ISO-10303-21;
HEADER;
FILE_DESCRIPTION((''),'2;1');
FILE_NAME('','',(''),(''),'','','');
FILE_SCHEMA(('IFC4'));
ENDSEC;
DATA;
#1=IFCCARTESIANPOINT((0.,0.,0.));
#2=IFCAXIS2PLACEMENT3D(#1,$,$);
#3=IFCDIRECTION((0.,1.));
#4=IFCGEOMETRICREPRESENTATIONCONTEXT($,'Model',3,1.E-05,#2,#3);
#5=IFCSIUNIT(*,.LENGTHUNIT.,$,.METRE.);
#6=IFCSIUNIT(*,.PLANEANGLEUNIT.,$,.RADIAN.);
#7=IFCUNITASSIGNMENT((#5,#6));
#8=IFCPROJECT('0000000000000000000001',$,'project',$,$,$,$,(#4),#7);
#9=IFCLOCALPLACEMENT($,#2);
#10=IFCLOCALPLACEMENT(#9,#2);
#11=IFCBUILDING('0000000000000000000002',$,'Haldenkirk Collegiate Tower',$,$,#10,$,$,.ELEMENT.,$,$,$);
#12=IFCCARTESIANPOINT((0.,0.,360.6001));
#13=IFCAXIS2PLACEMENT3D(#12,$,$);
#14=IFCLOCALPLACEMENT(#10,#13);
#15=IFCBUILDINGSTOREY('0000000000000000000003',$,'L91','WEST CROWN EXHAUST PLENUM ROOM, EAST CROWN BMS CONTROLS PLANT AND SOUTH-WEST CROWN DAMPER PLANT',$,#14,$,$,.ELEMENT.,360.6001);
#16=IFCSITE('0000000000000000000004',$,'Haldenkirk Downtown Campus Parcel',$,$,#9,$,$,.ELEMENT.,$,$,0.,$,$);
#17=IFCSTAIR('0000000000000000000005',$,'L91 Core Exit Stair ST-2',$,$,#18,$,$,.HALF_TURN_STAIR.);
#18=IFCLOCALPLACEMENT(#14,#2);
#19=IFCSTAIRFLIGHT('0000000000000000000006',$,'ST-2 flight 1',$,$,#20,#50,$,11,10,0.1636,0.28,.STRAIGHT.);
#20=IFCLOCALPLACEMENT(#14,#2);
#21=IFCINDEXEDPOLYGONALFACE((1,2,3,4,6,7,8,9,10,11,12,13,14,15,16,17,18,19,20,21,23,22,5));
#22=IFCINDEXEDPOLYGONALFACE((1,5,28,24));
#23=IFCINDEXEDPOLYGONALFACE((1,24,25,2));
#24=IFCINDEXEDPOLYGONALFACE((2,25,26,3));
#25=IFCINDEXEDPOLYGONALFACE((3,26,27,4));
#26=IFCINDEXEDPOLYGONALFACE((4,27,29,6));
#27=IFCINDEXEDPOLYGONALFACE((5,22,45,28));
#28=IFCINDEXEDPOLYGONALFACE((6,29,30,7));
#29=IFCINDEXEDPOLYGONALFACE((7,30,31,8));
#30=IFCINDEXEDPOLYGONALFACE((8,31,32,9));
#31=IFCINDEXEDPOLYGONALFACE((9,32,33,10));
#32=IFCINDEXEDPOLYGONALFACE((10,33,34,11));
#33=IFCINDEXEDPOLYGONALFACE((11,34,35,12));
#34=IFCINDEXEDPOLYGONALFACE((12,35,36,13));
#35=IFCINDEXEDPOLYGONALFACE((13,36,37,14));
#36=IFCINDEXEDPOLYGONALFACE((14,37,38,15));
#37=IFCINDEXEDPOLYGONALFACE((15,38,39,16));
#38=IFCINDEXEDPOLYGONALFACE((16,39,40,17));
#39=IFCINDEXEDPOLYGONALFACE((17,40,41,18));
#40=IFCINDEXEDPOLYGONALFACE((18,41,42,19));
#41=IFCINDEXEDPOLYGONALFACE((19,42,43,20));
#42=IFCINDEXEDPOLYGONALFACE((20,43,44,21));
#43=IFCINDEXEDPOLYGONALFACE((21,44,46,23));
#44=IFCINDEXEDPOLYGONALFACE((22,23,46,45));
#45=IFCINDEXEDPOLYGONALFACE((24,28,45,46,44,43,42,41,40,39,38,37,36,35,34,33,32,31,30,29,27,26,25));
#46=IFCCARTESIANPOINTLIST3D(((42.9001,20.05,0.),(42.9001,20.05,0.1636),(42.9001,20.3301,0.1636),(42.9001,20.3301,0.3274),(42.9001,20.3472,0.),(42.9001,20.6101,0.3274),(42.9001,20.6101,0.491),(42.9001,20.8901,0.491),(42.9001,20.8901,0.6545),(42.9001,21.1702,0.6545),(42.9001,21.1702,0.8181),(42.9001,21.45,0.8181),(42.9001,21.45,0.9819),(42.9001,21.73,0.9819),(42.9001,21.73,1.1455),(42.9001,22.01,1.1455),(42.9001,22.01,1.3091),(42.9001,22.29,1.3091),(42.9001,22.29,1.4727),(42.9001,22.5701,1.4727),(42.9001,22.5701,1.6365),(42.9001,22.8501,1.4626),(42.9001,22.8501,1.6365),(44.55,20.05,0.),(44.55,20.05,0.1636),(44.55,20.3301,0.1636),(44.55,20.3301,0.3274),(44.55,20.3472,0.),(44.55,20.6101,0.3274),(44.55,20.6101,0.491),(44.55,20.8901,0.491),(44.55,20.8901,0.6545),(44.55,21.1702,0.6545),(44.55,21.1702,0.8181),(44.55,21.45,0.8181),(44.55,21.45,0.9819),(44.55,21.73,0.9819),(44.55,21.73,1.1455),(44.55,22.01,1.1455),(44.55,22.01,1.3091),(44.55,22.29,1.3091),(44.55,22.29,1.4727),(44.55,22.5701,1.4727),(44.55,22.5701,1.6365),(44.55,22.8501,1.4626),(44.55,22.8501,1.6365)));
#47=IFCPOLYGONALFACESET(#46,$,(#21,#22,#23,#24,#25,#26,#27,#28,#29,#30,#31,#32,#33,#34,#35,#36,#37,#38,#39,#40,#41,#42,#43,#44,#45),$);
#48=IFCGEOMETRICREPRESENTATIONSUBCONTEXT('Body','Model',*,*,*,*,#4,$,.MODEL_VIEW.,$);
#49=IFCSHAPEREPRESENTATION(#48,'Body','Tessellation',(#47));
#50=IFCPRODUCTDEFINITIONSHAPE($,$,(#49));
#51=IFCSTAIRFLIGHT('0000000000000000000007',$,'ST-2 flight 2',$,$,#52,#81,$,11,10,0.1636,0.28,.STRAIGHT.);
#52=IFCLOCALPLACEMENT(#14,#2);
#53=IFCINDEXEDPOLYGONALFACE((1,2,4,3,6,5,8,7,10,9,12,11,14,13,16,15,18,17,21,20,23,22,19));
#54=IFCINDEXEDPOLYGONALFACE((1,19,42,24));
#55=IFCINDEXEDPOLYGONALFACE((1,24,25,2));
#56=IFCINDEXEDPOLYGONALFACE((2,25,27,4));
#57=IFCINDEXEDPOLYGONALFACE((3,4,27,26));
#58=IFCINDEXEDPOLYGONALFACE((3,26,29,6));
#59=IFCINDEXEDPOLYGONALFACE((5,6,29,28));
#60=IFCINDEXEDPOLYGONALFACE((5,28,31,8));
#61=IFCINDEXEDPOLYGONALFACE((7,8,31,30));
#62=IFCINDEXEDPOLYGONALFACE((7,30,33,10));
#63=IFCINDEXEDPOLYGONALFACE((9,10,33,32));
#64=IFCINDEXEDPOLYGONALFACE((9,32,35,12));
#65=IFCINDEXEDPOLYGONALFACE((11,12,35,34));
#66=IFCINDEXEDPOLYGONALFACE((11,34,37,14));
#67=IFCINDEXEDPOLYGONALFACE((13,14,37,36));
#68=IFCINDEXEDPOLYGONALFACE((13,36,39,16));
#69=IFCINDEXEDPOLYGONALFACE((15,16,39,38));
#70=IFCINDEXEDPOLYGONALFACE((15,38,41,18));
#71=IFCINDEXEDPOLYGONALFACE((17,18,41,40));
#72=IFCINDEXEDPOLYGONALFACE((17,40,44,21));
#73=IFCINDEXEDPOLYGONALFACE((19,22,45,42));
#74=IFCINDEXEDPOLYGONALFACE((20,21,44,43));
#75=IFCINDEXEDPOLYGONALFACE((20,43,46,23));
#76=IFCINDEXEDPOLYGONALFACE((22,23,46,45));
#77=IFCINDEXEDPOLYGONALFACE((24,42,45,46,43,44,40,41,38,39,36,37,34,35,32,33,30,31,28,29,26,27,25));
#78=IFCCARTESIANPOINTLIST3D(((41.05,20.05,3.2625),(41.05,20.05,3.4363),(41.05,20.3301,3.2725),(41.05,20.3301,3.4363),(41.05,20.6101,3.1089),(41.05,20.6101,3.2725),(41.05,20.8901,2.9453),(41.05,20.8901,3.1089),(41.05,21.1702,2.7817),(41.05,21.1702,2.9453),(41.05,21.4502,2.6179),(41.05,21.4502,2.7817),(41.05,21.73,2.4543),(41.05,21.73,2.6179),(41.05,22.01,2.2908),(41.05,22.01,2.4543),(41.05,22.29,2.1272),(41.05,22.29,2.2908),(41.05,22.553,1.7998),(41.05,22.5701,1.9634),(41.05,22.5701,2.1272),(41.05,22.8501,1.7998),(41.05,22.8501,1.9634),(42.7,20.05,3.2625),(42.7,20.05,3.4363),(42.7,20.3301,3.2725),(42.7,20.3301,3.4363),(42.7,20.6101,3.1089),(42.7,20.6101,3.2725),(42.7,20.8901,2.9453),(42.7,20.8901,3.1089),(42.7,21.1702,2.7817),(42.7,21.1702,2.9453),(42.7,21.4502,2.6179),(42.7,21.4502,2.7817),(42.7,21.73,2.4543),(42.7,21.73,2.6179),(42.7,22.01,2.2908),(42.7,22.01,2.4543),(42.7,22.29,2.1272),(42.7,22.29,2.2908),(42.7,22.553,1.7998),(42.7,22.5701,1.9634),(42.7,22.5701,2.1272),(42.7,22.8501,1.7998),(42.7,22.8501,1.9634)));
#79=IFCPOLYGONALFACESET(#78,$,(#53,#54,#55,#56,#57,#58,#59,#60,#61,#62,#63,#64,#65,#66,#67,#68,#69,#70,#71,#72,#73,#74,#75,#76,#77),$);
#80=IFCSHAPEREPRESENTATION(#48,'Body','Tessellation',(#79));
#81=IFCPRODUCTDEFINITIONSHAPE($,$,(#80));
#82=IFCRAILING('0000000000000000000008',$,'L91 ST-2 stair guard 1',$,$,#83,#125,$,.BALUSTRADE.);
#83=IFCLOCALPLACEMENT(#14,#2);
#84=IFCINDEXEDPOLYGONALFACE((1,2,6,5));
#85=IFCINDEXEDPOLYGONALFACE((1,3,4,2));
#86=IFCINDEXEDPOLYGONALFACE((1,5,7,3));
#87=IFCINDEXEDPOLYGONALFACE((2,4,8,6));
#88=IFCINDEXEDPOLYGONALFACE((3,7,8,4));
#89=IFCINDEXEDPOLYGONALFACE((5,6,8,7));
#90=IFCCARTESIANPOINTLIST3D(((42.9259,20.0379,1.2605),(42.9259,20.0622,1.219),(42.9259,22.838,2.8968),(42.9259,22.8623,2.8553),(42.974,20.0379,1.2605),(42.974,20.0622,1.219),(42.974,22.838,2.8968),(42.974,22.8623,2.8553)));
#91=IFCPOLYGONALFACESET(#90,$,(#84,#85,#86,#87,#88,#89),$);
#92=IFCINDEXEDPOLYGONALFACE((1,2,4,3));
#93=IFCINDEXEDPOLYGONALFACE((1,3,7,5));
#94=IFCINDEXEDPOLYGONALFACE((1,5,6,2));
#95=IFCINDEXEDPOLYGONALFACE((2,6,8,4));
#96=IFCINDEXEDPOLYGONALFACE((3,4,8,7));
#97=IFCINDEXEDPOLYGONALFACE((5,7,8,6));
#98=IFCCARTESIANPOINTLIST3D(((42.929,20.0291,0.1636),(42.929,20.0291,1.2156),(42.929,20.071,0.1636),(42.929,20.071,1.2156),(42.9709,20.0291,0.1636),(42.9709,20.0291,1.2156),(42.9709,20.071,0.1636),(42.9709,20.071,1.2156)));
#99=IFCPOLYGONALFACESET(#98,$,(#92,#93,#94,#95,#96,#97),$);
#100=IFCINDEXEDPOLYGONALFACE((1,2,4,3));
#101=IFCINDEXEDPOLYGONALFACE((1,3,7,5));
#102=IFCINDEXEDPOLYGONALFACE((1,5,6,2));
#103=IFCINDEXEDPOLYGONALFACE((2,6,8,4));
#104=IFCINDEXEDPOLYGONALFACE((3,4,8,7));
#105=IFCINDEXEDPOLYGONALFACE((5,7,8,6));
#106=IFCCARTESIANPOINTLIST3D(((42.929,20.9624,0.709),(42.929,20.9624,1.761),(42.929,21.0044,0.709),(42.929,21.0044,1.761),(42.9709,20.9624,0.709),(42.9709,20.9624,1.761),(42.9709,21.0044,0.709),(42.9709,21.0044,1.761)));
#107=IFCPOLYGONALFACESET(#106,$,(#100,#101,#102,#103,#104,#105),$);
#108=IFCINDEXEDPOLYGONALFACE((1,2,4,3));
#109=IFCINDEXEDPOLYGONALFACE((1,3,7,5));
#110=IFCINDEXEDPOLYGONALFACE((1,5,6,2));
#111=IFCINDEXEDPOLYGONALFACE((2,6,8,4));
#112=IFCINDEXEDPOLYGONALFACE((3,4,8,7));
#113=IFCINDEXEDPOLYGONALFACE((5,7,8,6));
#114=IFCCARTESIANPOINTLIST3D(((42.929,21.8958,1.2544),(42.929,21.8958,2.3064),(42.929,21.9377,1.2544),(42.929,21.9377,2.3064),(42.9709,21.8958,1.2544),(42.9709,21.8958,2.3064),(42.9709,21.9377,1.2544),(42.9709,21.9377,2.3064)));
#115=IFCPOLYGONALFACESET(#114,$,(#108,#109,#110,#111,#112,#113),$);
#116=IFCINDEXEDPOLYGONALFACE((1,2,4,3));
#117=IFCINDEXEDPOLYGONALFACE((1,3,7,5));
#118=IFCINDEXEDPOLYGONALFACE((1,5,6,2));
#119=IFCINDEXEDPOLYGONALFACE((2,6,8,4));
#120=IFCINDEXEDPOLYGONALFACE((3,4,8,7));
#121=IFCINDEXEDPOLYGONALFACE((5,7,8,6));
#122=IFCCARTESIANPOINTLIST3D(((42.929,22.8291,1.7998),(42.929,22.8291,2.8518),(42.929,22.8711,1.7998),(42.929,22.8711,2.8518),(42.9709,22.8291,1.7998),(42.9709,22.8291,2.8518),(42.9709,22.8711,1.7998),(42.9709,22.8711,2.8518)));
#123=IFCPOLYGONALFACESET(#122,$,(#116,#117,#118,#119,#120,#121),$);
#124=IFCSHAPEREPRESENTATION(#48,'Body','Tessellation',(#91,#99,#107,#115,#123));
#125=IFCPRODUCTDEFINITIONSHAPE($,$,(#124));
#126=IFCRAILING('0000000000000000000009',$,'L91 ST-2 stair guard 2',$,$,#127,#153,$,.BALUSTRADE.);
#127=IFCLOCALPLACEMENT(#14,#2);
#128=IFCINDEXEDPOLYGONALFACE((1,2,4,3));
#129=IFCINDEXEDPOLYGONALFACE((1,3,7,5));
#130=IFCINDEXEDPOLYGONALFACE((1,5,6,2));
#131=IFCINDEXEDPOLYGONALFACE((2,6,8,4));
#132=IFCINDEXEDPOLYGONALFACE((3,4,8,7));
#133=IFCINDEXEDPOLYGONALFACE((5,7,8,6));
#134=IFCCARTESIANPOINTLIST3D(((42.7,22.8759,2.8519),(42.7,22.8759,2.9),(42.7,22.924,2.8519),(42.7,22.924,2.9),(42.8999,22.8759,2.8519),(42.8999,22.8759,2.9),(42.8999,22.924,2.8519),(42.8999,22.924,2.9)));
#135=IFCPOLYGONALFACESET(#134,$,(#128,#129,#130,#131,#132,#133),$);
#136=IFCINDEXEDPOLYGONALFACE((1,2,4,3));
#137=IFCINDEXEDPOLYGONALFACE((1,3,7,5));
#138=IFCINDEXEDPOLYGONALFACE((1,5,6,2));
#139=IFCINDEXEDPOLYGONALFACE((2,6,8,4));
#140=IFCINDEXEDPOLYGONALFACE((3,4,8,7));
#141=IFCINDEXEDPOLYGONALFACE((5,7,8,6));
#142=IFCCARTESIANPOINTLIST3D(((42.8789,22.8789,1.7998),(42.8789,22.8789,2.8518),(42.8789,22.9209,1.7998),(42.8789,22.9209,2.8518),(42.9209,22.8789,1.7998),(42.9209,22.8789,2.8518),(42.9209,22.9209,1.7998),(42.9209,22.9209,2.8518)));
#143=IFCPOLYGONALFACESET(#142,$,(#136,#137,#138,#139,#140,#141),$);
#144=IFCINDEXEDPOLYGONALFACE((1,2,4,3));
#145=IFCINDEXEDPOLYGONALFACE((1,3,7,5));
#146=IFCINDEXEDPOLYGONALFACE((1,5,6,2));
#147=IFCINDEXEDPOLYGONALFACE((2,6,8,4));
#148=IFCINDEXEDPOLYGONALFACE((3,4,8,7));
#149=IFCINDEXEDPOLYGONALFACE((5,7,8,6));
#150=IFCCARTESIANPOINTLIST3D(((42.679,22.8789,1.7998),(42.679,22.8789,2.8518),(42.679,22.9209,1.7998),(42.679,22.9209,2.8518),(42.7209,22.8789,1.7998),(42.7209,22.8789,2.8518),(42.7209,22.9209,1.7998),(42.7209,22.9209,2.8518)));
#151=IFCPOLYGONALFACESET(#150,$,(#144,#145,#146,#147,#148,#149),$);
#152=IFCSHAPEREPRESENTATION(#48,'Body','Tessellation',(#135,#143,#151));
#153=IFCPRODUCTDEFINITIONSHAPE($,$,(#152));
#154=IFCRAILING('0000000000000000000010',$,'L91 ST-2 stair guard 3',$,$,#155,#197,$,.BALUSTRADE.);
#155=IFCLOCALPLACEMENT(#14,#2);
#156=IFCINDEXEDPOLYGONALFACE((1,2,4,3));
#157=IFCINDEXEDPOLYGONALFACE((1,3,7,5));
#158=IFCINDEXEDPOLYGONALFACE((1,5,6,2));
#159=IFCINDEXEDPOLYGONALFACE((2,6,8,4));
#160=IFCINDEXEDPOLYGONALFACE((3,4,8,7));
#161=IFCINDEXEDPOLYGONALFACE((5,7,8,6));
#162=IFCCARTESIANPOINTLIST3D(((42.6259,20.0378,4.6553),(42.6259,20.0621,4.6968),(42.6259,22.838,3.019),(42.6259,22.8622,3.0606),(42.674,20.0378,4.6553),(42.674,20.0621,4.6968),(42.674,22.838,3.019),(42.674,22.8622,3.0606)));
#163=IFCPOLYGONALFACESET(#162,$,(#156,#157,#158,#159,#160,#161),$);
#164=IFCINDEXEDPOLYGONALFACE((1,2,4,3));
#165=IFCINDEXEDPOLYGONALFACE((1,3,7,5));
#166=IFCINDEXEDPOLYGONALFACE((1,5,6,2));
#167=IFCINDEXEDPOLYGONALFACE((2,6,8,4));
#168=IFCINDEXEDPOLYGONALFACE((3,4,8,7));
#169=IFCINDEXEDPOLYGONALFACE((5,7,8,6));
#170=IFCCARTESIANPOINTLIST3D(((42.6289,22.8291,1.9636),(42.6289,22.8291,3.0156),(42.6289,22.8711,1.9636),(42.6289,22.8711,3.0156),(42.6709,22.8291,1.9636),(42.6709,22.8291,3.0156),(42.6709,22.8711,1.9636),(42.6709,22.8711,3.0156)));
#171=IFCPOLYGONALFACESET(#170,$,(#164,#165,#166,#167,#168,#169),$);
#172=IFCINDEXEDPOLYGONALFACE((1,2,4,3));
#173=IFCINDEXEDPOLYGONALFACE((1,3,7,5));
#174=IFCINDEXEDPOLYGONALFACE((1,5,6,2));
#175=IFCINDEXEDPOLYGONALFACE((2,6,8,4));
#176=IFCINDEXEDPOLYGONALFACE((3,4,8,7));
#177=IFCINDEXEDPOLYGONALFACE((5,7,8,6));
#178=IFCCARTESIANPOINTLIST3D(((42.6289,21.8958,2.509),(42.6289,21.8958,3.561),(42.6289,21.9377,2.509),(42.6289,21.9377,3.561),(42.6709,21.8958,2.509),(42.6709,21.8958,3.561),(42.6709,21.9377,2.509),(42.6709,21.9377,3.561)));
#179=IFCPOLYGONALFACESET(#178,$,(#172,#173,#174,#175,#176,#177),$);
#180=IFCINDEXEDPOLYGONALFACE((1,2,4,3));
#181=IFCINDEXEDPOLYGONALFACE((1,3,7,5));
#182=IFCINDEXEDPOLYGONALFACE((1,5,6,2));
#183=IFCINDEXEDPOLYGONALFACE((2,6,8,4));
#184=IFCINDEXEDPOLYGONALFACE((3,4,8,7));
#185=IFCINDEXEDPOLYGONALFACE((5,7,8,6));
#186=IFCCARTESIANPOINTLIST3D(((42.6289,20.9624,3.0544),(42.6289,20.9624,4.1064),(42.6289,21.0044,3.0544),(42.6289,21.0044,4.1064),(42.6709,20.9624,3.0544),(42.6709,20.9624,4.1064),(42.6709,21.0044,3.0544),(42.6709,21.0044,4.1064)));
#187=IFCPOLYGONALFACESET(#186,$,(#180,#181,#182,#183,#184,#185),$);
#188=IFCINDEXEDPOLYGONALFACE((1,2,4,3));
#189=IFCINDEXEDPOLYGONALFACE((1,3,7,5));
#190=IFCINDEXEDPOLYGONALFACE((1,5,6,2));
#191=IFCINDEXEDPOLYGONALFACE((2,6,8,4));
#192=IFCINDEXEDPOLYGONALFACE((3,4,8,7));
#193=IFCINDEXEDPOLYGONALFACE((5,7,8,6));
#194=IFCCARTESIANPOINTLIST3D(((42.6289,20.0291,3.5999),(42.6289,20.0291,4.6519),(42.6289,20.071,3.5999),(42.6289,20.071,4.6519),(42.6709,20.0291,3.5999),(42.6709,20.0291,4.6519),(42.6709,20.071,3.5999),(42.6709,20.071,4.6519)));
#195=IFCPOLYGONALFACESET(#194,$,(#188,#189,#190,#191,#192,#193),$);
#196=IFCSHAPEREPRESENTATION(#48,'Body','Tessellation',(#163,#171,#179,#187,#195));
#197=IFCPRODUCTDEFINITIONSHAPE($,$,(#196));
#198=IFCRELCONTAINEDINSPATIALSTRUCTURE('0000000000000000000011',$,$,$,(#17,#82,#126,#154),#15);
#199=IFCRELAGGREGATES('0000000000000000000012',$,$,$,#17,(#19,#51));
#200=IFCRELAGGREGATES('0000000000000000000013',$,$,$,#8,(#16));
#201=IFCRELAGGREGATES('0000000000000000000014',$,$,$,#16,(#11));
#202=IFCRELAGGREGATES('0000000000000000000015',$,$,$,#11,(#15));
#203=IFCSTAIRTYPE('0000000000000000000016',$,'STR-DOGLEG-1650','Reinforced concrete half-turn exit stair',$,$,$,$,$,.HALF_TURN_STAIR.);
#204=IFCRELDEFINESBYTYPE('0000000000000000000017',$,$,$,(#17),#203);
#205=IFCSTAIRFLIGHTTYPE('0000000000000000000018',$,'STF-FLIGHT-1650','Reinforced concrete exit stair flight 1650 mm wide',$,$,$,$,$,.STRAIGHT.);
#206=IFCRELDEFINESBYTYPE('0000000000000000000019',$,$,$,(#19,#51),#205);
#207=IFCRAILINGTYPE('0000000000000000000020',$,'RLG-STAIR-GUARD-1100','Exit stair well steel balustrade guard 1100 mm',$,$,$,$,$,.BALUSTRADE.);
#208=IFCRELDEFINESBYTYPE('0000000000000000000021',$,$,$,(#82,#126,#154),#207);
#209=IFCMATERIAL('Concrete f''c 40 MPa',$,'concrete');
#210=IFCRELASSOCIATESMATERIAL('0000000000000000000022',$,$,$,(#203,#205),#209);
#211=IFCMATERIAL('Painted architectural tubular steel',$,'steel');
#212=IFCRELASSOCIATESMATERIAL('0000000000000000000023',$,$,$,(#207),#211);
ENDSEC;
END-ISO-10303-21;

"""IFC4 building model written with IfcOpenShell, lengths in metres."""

from ifc_helpers import new_model, si_unit, direction, frame, origin, origin_2d, place, context, subcontext, project, spatial, polyline, rectangle, outline, extrude, material, type_object, element, aggregate, save


model = new_model("IFC4")

# Units and contexts
model_context = context("Model", 3, precision=1e-05, world=origin(), true_north=direction((0.0, 1.0)))
body_context = subcontext(model_context, "Body", "Model", "MODEL_VIEW")
ifc_project = project(units=[si_unit("LENGTHUNIT", "METRE"), si_unit("PLANEANGLEUNIT", "RADIAN")], contexts=[model_context])

# Site, building, storey
site_placement = place(None, origin())
site = spatial("IfcSite", under=ifc_project, at=site_placement, Name="Haldenkirk Downtown Campus Parcel", CompositionType="ELEMENT", RefElevation=0.0)
building_placement = place(site_placement, origin())
building = spatial("IfcBuilding", under=site, at=building_placement, Name="Haldenkirk Collegiate Tower", CompositionType="ELEMENT")
storey_placement = place(building_placement, frame((0.0, 0.0, 360.6001)))
storey = spatial("IfcBuildingStorey", under=building, at=storey_placement, Name="L91", Description="WEST CROWN EXHAUST PLENUM ROOM, EAST CROWN BMS CONTROLS PLANT AND SOUTH-WEST CROWN DAMPER PLANT", CompositionType="ELEMENT", Elevation=360.6001)

# Stair, stair flights
ifc_material_1 = material(Name="Concrete f'c 40 MPa", Category="concrete")
stair_type = type_object("IfcStairType", Name="STR-DOGLEG-1650", Description="Reinforced concrete half-turn exit stair", PredefinedType="HALF_TURN_STAIR", material=ifc_material_1)
stair_placement = place(storey_placement, origin())
stair = element("IfcStair", 1, at=stair_placement, inside=storey, type_object=stair_type, Name="L91 Core Exit Stair ST-2", PredefinedType="HALF_TURN_STAIR")
stair_flight_type = type_object("IfcStairFlightType", Name="STF-FLIGHT-1650", Description="Reinforced concrete exit stair flight 1650 mm wide", PredefinedType="STRAIGHT", material=ifc_material_1)
stair_flight_1_placement = place(storey_placement, frame((43.7251, 20.05, 0.0), z_axis=(0.0, 0.0, 1.0), x_axis=(0.0, 1.0, 0.0)))
stair_flight_1 = element("IfcStairFlight", 2, at=stair_flight_1_placement, type_object=stair_flight_type, Name="ST-2 flight 1", NumberOfRisers=11, NumberOfTreads=10, PredefinedType="STRAIGHT", RiserHeight=0.1636, TreadLength=0.28, context=body_context, shape_type="SweptSolid", body=[
    extrude(outline(polyline([(0.0, 0.0), (0.0, 0.1636), (0.28, 0.1636), (0.28, 0.3274), (0.5601, 0.3274), (0.5601, 0.491), (0.8401, 0.491), (0.8401, 0.6545), (1.1201, 0.6545), (1.1201, 0.8181), (1.3999, 0.8181), (1.3999, 0.9819), (1.6799, 0.9819), (1.6799, 1.1455), (1.96, 1.1455), (1.96, 1.3091), (2.24, 1.3091), (2.24, 1.4727), (2.52, 1.4727), (2.52, 1.6365), (2.8, 1.6365), (2.8, 1.8), (2.8, 1.4626), (0.2971, 0.0), (0.0, 0.0)])), frame((0.0, 0.825, 0.0), z_axis=(0.0, -1.0, 0.0), x_axis=(1.0, 0.0, 0.0)), (0.0, 0.0, 1.0), 1.6499),
])
stair_flight_2_placement = place(storey_placement, frame((41.875, 22.8501, 1.7998), z_axis=(0.0, 0.0, 1.0), x_axis=(0.0, -1.0, 0.0)))
stair_flight_2 = element("IfcStairFlight", 3, at=stair_flight_2_placement, type_object=stair_flight_type, Name="ST-2 flight 2", NumberOfRisers=11, NumberOfTreads=10, PredefinedType="STRAIGHT", RiserHeight=0.1636, TreadLength=0.28, context=body_context, shape_type="SweptSolid", body=[
    extrude(outline(polyline([(0.0, 0.0), (0.0, 0.1636), (0.28, 0.1636), (0.28, 0.3274), (0.5601, 0.3274), (0.5601, 0.491), (0.8401, 0.491), (0.8401, 0.6545), (1.1201, 0.6545), (1.1201, 0.8181), (1.3999, 0.8181), (1.3999, 0.9819), (1.6799, 0.9819), (1.6799, 1.1455), (1.96, 1.1455), (1.96, 1.3091), (2.24, 1.3091), (2.24, 1.4727), (2.52, 1.4727), (2.52, 1.6365), (2.8, 1.6365), (2.8, 1.8), (2.8, 1.4626), (0.2971, 0.0), (0.0, 0.0)])), frame((0.0, 0.825, 0.0), z_axis=(0.0, -1.0, 0.0), x_axis=(1.0, 0.0, 0.0)), (0.0, 0.0, 1.0), 1.6499),
])
aggregate(stair, [stair_flight_1, stair_flight_2])

# Railings
ifc_material_2 = material(Name="Painted architectural tubular steel", Category="steel")
railing_type_1 = type_object("IfcRailingType", Name="RLG-STAIR-GUARD-1100", Description="Exit stair well steel balustrade guard 1100 mm", PredefinedType="BALUSTRADE", material=ifc_material_2)
railing_1_placement = place(storey_placement, frame((42.95, 20.05, 0.1636)))
element("IfcRailing", 4, at=railing_1_placement, inside=storey, type_object=railing_type_1, Name="L91 ST-2 stair guard 1", PredefinedType="BALUSTRADE", context=body_context, shape_type="SweptSolid", body=[
    extrude(rectangle(XDim=0.0481, YDim=0.0481, at=origin_2d()), frame((0.0, 0.0, 1.0762), z_axis=(0.0, 0.863394, 0.504531), x_axis=(-1.0, 0.0, 0.0)), (0.0, 0.0, 1.0), 3.2432),
    extrude(rectangle(XDim=0.042, YDim=0.042, at=origin_2d()), origin(), (0.0, 0.0, 1.0), 1.052),
    extrude(rectangle(XDim=0.042, YDim=0.042, at=origin_2d()), frame((0.0, 0.9333, 0.5454)), (0.0, 0.0, 1.0), 1.052),
    extrude(rectangle(XDim=0.042, YDim=0.042, at=origin_2d()), frame((0.0, 1.8667, 1.0908)), (0.0, 0.0, 1.0), 1.052),
    extrude(rectangle(XDim=0.042, YDim=0.042, at=origin_2d()), frame((0.0, 2.8, 1.6362)), (0.0, 0.0, 1.0), 1.052),
])
railing_2_placement = place(storey_placement, frame((42.8999, 22.8999, 1.7998)))
element("IfcRailing", 5, at=railing_2_placement, inside=storey, type_object=railing_type_1, Name="L91 ST-2 stair guard 2", PredefinedType="BALUSTRADE", context=body_context, shape_type="SweptSolid", body=[
    extrude(rectangle(XDim=0.0481, YDim=0.0481, at=origin_2d()), frame((0.0, 0.0, 1.0762), z_axis=(-1.0, 0.0, 0.0), x_axis=(0.0, -1.0, 0.0)), (0.0, 0.0, 1.0), 0.2),
    extrude(rectangle(XDim=0.042, YDim=0.042, at=origin_2d()), origin(), (0.0, 0.0, 1.0), 1.052),
    extrude(rectangle(XDim=0.042, YDim=0.042, at=origin_2d()), frame((-0.2, 0.0, 0.0)), (0.0, 0.0, 1.0), 1.052),
])
railing_3_placement = place(storey_placement, frame((42.6499, 22.8501, 1.9636)))
element("IfcRailing", 6, at=railing_3_placement, inside=storey, type_object=railing_type_1, Name="L91 ST-2 stair guard 3", PredefinedType="BALUSTRADE", context=body_context, shape_type="SweptSolid", body=[
    extrude(rectangle(XDim=0.0481, YDim=0.0481, at=origin_2d()), frame((0.0, 0.0, 1.0762), z_axis=(0.0, -0.863394, 0.504531), x_axis=(1.0, 0.0, 0.0)), (0.0, 0.0, 1.0), 3.2432),
    extrude(rectangle(XDim=0.042, YDim=0.042, at=origin_2d()), origin(), (0.0, 0.0, 1.0), 1.052),
    extrude(rectangle(XDim=0.042, YDim=0.042, at=origin_2d()), frame((0.0, -0.9333, 0.5454)), (0.0, 0.0, 1.0), 1.052),
    extrude(rectangle(XDim=0.042, YDim=0.042, at=origin_2d()), frame((0.0, -1.8667, 1.0908)), (0.0, 0.0, 1.0), 1.052),
    extrude(rectangle(XDim=0.042, YDim=0.042, at=origin_2d()), frame((0.0, -2.8, 1.6362)), (0.0, 0.0, 1.0), 1.052),
])

save(model, "model.ifc")
